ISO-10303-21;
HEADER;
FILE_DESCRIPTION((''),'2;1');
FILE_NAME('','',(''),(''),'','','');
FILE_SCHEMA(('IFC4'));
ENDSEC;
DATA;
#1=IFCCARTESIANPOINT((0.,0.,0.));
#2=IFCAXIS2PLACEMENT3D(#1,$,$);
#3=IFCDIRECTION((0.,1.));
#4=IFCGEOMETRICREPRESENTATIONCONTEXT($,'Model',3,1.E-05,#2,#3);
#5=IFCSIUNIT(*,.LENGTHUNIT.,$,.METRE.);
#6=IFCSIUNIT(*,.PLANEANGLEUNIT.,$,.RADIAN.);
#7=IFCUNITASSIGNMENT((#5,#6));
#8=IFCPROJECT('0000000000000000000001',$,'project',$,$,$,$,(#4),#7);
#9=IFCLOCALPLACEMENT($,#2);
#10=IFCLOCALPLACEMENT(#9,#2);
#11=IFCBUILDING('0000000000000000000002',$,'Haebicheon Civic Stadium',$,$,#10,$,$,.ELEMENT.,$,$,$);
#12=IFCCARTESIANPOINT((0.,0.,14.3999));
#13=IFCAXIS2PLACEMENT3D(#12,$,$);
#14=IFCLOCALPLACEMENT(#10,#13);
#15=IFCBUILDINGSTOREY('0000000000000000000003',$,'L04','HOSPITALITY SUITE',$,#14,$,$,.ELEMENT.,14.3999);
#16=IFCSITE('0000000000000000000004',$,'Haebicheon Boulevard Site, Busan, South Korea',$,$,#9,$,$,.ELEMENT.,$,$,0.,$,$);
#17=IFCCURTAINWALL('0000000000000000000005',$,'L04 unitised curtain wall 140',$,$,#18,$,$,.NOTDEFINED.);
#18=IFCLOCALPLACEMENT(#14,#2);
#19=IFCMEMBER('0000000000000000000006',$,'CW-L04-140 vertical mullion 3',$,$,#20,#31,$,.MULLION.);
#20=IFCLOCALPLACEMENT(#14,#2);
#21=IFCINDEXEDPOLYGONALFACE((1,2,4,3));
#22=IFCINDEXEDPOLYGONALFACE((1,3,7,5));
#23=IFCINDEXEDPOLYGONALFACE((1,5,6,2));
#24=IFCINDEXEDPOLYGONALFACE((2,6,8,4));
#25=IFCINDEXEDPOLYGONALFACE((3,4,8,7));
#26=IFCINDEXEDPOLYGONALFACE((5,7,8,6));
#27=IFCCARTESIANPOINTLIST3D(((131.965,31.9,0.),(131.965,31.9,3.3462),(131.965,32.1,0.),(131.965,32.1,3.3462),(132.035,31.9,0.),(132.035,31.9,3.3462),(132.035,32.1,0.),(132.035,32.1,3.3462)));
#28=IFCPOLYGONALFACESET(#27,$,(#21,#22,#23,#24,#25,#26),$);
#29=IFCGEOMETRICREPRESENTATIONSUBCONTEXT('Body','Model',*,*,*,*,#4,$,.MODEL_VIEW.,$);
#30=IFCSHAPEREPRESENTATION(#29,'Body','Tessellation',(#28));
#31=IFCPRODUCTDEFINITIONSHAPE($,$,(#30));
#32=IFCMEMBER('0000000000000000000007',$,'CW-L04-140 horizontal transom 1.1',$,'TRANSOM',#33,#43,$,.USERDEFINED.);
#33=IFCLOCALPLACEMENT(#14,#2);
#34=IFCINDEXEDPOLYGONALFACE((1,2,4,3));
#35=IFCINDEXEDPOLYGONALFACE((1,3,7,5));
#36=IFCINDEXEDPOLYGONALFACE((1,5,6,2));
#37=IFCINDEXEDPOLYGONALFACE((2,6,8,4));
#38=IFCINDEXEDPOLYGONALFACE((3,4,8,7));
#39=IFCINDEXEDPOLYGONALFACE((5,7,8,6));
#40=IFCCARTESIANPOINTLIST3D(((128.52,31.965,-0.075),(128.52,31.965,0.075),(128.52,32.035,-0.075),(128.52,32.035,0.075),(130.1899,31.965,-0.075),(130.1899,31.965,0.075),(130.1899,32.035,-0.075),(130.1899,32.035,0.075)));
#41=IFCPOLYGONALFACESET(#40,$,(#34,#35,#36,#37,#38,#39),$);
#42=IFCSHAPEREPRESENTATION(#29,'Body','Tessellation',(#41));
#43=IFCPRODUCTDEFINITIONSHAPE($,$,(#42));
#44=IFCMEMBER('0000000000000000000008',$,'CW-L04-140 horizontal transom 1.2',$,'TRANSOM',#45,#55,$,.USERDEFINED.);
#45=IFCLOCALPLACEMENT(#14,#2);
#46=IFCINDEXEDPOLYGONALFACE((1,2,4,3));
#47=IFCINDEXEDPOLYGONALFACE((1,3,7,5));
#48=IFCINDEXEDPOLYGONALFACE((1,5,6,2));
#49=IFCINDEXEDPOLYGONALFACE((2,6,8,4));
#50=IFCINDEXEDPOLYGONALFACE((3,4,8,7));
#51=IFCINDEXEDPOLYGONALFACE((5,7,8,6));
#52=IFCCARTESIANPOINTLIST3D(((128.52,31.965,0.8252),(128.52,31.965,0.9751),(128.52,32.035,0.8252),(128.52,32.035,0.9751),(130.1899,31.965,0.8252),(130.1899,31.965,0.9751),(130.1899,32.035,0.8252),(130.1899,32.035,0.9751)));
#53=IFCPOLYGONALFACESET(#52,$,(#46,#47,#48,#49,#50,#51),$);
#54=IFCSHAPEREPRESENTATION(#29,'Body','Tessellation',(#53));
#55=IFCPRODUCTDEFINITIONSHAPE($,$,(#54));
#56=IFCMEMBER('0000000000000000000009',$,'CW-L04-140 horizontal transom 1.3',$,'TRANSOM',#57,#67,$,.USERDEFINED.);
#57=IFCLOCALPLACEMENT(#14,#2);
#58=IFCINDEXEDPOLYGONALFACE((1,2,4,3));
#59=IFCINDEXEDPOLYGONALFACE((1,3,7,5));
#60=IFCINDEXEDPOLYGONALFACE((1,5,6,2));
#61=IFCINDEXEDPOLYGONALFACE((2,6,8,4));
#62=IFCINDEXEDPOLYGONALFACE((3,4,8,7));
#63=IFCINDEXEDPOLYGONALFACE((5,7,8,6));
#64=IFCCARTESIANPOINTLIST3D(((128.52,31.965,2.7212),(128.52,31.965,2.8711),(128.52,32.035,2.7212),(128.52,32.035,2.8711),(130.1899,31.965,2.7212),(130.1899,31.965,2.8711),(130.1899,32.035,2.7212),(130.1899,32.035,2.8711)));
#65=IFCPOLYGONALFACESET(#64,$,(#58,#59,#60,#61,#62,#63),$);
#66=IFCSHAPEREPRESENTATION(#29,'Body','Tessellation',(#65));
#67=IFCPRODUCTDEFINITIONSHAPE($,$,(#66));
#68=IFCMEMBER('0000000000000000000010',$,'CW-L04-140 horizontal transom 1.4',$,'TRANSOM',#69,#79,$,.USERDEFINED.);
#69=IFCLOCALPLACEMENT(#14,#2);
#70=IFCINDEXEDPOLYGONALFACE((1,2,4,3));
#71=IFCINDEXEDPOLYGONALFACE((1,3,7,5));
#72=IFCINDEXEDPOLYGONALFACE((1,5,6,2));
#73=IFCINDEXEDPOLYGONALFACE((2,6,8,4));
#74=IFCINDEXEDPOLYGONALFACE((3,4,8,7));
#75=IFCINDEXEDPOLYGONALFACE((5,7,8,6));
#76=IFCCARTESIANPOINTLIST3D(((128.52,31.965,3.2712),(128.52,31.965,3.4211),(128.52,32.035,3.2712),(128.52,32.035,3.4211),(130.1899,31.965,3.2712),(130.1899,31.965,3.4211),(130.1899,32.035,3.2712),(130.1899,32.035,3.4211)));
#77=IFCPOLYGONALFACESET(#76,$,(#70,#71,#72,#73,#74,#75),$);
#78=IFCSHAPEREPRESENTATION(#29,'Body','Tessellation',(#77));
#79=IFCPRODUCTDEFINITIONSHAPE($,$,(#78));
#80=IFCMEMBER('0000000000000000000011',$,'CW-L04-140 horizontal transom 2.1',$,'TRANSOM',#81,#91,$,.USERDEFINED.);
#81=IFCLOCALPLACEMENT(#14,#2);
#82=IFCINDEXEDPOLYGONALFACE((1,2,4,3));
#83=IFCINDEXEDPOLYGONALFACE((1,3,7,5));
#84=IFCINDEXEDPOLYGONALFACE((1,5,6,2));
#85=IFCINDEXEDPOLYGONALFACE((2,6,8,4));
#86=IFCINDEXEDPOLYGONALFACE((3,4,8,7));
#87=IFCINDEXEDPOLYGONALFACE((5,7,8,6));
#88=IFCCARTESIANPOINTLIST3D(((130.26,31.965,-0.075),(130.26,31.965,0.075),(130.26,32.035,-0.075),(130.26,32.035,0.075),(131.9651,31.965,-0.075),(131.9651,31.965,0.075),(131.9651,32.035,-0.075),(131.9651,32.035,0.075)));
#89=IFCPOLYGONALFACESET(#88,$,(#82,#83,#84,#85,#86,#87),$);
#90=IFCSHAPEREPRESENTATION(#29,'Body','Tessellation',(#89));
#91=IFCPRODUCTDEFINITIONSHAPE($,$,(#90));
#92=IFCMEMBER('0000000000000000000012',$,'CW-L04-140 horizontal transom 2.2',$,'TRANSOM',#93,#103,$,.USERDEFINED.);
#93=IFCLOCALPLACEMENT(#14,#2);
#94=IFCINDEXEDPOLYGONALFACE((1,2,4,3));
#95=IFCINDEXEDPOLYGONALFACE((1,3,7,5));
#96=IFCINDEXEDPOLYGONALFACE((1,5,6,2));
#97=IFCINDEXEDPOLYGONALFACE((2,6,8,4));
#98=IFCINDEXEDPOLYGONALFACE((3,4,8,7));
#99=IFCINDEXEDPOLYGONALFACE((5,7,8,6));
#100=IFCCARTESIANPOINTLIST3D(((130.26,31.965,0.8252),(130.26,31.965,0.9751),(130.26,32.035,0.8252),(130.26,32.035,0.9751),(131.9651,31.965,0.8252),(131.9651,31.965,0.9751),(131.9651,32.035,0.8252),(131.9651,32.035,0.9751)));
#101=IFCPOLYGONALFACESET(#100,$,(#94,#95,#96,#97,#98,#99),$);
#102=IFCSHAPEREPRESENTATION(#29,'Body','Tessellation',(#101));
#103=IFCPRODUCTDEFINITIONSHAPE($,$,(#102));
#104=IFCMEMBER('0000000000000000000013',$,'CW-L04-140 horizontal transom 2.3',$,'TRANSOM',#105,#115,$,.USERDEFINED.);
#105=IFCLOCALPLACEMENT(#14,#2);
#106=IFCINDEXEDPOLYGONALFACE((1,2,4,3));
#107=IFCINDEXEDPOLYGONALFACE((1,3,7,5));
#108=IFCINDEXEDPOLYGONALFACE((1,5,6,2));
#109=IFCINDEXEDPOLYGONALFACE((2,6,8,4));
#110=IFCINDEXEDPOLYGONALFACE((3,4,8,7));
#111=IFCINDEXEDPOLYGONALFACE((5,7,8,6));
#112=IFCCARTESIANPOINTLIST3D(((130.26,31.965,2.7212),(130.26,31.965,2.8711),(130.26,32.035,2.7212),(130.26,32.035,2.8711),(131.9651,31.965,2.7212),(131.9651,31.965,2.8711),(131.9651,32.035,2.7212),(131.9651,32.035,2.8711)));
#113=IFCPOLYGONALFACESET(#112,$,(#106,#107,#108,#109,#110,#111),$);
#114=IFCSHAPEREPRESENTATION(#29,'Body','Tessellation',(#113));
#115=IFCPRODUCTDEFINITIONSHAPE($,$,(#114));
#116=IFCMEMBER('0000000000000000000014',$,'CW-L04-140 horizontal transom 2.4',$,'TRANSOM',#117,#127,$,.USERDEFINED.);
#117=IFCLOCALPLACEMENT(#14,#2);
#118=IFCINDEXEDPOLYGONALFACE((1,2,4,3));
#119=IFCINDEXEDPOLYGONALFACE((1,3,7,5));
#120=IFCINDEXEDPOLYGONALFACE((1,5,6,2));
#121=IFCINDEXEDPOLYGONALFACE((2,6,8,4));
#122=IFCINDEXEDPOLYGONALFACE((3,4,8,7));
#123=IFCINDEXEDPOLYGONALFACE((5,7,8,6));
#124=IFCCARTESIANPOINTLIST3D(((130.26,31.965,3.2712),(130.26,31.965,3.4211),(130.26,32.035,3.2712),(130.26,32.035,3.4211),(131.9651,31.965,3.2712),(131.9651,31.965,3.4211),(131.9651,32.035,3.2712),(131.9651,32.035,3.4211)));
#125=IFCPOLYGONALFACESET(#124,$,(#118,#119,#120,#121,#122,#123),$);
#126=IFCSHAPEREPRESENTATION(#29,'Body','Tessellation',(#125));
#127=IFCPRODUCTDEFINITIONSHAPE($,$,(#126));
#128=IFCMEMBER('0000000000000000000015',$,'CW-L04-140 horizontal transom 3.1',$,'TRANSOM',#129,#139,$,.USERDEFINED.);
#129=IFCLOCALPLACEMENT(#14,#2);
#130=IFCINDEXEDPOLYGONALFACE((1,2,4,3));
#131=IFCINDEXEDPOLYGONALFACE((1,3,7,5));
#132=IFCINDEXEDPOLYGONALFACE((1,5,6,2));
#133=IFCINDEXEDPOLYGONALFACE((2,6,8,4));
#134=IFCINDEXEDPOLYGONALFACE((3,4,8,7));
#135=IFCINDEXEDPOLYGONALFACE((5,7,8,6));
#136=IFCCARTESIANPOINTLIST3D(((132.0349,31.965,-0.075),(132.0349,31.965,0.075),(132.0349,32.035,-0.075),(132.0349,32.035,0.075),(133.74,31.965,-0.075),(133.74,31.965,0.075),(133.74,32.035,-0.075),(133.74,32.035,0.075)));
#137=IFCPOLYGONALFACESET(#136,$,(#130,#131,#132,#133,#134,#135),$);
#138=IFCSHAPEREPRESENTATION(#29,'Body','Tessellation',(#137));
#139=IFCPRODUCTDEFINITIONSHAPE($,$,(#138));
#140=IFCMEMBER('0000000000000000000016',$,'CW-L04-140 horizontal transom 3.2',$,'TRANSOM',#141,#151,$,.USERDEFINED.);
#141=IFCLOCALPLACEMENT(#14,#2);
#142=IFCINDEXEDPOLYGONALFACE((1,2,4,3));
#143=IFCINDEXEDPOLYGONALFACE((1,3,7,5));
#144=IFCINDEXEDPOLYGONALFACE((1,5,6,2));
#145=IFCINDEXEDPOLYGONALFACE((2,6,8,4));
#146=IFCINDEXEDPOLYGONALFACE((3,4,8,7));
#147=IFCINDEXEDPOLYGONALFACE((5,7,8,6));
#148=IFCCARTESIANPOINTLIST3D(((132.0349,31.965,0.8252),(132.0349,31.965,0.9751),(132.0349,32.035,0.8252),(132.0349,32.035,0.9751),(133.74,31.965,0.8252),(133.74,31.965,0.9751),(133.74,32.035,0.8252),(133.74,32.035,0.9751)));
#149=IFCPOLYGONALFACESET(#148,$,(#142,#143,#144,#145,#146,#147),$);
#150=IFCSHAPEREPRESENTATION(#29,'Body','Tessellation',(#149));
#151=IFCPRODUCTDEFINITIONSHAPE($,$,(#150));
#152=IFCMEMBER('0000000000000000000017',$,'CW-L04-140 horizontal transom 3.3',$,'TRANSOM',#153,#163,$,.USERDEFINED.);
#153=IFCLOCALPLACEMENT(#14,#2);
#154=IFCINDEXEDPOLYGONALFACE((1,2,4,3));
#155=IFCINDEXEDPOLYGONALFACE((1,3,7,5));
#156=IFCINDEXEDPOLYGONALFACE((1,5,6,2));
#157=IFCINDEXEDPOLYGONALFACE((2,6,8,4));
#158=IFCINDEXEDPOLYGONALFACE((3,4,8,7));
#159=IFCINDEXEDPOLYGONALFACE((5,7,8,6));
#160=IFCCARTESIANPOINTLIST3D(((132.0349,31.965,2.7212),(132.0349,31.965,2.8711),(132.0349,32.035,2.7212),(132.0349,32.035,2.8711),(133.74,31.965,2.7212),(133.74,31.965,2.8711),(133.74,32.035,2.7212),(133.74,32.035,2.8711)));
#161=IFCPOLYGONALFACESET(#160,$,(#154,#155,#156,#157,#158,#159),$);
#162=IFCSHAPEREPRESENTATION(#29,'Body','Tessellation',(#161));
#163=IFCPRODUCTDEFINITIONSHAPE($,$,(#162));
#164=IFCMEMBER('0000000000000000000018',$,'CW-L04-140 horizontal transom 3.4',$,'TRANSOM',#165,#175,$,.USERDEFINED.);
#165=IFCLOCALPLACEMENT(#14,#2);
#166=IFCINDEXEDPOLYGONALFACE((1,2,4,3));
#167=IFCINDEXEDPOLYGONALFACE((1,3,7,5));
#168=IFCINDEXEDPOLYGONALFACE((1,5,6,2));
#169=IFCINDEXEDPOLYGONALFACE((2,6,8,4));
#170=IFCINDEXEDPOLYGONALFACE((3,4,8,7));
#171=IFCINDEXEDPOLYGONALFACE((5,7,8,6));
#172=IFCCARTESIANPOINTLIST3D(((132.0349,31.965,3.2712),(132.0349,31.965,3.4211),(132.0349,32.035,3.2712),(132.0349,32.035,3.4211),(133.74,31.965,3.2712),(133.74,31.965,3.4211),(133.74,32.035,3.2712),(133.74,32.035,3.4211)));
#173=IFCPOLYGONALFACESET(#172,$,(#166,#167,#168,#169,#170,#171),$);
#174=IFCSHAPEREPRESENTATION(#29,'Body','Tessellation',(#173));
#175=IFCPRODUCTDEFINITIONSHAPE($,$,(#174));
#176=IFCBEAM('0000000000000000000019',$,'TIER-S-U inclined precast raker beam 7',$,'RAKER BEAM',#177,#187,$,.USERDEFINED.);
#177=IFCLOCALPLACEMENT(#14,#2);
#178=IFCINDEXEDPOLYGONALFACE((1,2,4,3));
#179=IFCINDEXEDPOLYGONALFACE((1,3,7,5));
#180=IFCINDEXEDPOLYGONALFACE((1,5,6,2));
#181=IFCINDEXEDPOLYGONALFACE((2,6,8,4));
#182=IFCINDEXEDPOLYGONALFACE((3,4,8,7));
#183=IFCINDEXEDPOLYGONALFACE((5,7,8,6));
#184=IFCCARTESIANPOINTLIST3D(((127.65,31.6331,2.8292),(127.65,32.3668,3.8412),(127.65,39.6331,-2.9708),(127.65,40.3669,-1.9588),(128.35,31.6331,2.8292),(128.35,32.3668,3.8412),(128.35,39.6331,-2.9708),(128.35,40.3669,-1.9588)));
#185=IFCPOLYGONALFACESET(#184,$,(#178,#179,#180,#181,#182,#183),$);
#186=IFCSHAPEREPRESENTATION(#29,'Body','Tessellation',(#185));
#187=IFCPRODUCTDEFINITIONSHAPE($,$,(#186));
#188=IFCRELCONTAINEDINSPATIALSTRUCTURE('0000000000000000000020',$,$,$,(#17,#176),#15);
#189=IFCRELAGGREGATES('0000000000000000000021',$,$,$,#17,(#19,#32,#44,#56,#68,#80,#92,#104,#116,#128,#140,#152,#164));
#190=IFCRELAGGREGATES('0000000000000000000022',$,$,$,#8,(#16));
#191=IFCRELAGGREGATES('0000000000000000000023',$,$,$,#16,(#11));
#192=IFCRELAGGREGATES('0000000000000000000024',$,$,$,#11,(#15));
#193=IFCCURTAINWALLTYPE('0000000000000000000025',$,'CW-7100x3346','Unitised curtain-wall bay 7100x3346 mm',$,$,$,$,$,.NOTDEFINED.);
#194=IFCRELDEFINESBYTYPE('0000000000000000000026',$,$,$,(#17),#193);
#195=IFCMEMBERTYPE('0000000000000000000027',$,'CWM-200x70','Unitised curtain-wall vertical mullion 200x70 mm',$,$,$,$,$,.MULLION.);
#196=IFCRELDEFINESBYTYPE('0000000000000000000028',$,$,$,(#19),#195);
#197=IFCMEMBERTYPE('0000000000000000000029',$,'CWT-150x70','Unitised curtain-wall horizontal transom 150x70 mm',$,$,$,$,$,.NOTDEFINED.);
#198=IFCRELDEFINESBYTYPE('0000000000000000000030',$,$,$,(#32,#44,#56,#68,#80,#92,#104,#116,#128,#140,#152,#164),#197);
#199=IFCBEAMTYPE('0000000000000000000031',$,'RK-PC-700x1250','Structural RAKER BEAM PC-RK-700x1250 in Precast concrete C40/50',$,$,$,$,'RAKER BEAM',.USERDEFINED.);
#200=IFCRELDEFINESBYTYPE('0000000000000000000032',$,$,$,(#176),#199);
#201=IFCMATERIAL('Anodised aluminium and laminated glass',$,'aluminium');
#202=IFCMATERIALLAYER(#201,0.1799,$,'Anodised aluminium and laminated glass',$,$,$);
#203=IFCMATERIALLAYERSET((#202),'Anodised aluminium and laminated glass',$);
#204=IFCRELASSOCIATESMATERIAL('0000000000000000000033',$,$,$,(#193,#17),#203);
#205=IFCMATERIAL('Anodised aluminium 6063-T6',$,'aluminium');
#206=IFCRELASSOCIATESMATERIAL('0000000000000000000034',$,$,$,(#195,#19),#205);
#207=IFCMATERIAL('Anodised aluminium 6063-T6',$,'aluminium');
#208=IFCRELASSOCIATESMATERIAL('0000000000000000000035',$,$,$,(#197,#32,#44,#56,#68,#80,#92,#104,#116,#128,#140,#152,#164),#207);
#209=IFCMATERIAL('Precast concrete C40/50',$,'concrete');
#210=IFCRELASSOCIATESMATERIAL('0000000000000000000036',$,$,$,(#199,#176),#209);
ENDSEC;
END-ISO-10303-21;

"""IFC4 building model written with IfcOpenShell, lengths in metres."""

from ifc_helpers import new_model, si_unit, direction, frame, origin, origin_2d, place, context, subcontext, project, spatial, rectangle, extrude, material, layer, layer_set, material_profile, profile_set, type_object, element, aggregate, save


model = new_model("IFC4")

# Units and contexts
model_context = context("Model", 3, precision=1e-05, world=origin(), true_north=direction((0.0, 1.0)))
body_context = subcontext(model_context, "Body", "Model", "MODEL_VIEW")
ifc_project = project(units=[si_unit("LENGTHUNIT", "METRE"), si_unit("PLANEANGLEUNIT", "RADIAN")], contexts=[model_context])

# Site, building, storey
site_placement = place(None, origin())
site = spatial("IfcSite", under=ifc_project, at=site_placement, Name="Haebicheon Boulevard Site, Busan, South Korea", CompositionType="ELEMENT", RefElevation=0.0)
building_placement = place(site_placement, origin())
building = spatial("IfcBuilding", under=site, at=building_placement, Name="Haebicheon Civic Stadium", CompositionType="ELEMENT")
storey_placement = place(building_placement, frame((0.0, 0.0, 14.3999)))
storey = spatial("IfcBuildingStorey", under=building, at=storey_placement, Name="L04", Description="HOSPITALITY SUITE", CompositionType="ELEMENT", Elevation=14.3999)

# Curtain wall, members
ifc_material_1 = material(Name="Anodised aluminium and laminated glass", Category="aluminium")
ifc_layer_1 = layer(ifc_material_1, 0.1799, Name="Anodised aluminium and laminated glass")
ifc_layer_set_1 = layer_set([ifc_layer_1], Name="Anodised aluminium and laminated glass")
curtain_wall_type = type_object("IfcCurtainWallType", Name="CW-7100x3346", Description="Unitised curtain-wall bay 7100x3346 mm", PredefinedType="NOTDEFINED", material=ifc_layer_set_1)
curtain_wall_placement = place(storey_placement, origin())
curtain_wall = element("IfcCurtainWall", 1, at=curtain_wall_placement, inside=storey, type_object=curtain_wall_type, material=ifc_layer_set_1, Name="L04 unitised curtain wall 140", PredefinedType="NOTDEFINED")
ifc_material_2 = material(Name="Anodised aluminium 6063-T6", Category="aluminium")
ifc_material_profile_1 = material_profile(ifc_material_2, rectangle(XDim=0.0701, YDim=0.2, at=origin_2d()), Name="ALU-MULL-70x200")
ifc_profile_set_1 = profile_set([ifc_material_profile_1], Name="Anodised aluminium 6063-T6")
member_type_1 = type_object("IfcMemberType", Name="CWM-200x70", Description="Unitised curtain-wall vertical mullion 200x70 mm", PredefinedType="MULLION", material=ifc_profile_set_1)
member_1_placement = place(storey_placement, frame((132.0, 32.0, 0.0), z_axis=(0.0, 0.0, 1.0), x_axis=(1.0, 0.0, 0.0)))
member_1 = element("IfcMember", 2, at=member_1_placement, type_object=member_type_1, material=ifc_profile_set_1, Name="CW-L04-140 vertical mullion 3", PredefinedType="MULLION", context=body_context, shape_type="SweptSolid", body=[
    extrude(rectangle(XDim=0.0701, YDim=0.2, at=origin_2d()), origin(), (0.0, 0.0, 1.0), 3.3462),
])
ifc_material_3 = material(Name="Anodised aluminium 6063-T6", Category="aluminium")
ifc_material_profile_2 = material_profile(ifc_material_3, rectangle(XDim=0.0701, YDim=0.1499, at=origin_2d()), Name="ALU-TRAN-70x150")
ifc_profile_set_2 = profile_set([ifc_material_profile_2], Name="Anodised aluminium 6063-T6")
member_type_2 = type_object("IfcMemberType", Name="CWT-150x70", Description="Unitised curtain-wall horizontal transom 150x70 mm", PredefinedType="NOTDEFINED", material=ifc_profile_set_2)
member_2_placement = place(storey_placement, frame((128.52, 32.0, 0.0), z_axis=(1.0, 0.0, 0.0), x_axis=(0.0, 1.0, 0.0)))
member_2 = element("IfcMember", 3, at=member_2_placement, type_object=member_type_2, material=ifc_profile_set_2, Name="CW-L04-140 horizontal transom 1.1", ObjectType="TRANSOM", PredefinedType="USERDEFINED", context=body_context, shape_type="SweptSolid", body=[
    extrude(rectangle(XDim=0.0701, YDim=0.1499, at=origin_2d()), origin(), (0.0, 0.0, 1.0), 1.6699),
])
member_3_placement = place(storey_placement, frame((128.52, 32.0, 0.9001), z_axis=(1.0, 0.0, 0.0), x_axis=(0.0, 1.0, 0.0)))
member_3 = element("IfcMember", 4, at=member_3_placement, type_object=member_type_2, material=ifc_profile_set_2, Name="CW-L04-140 horizontal transom 1.2", ObjectType="TRANSOM", PredefinedType="USERDEFINED", context=body_context, shape_type="SweptSolid", body=[
    extrude(rectangle(XDim=0.0701, YDim=0.1499, at=origin_2d()), origin(), (0.0, 0.0, 1.0), 1.6699),
])
member_4_placement = place(storey_placement, frame((128.52, 32.0, 2.7961), z_axis=(1.0, 0.0, 0.0), x_axis=(0.0, 1.0, 0.0)))
member_4 = element("IfcMember", 5, at=member_4_placement, type_object=member_type_2, material=ifc_profile_set_2, Name="CW-L04-140 horizontal transom 1.3", ObjectType="TRANSOM", PredefinedType="USERDEFINED", context=body_context, shape_type="SweptSolid", body=[
    extrude(rectangle(XDim=0.0701, YDim=0.1499, at=origin_2d()), origin(), (0.0, 0.0, 1.0), 1.6699),
])
member_5_placement = place(storey_placement, frame((128.52, 32.0, 3.3462), z_axis=(1.0, 0.0, 0.0), x_axis=(0.0, 1.0, 0.0)))
member_5 = element("IfcMember", 6, at=member_5_placement, type_object=member_type_2, material=ifc_profile_set_2, Name="CW-L04-140 horizontal transom 1.4", ObjectType="TRANSOM", PredefinedType="USERDEFINED", context=body_context, shape_type="SweptSolid", body=[
    extrude(rectangle(XDim=0.0701, YDim=0.1499, at=origin_2d()), origin(), (0.0, 0.0, 1.0), 1.6699),
])
member_6_placement = place(storey_placement, frame((130.26, 32.0, 0.0), z_axis=(1.0, 0.0, 0.0), x_axis=(0.0, 1.0, 0.0)))
member_6 = element("IfcMember", 7, at=member_6_placement, type_object=member_type_2, material=ifc_profile_set_2, Name="CW-L04-140 horizontal transom 2.1", ObjectType="TRANSOM", PredefinedType="USERDEFINED", context=body_context, shape_type="SweptSolid", body=[
    extrude(rectangle(XDim=0.0701, YDim=0.1499, at=origin_2d()), origin(), (0.0, 0.0, 1.0), 1.7051),
])
member_7_placement = place(storey_placement, frame((130.26, 32.0, 0.9001), z_axis=(1.0, 0.0, 0.0), x_axis=(0.0, 1.0, 0.0)))
member_7 = element("IfcMember", 8, at=member_7_placement, type_object=member_type_2, material=ifc_profile_set_2, Name="CW-L04-140 horizontal transom 2.2", ObjectType="TRANSOM", PredefinedType="USERDEFINED", context=body_context, shape_type="SweptSolid", body=[
    extrude(rectangle(XDim=0.0701, YDim=0.1499, at=origin_2d()), origin(), (0.0, 0.0, 1.0), 1.7051),
])
member_8_placement = place(storey_placement, frame((130.26, 32.0, 2.7961), z_axis=(1.0, 0.0, 0.0), x_axis=(0.0, 1.0, 0.0)))
member_8 = element("IfcMember", 9, at=member_8_placement, type_object=member_type_2, material=ifc_profile_set_2, Name="CW-L04-140 horizontal transom 2.3", ObjectType="TRANSOM", PredefinedType="USERDEFINED", context=body_context, shape_type="SweptSolid", body=[
    extrude(rectangle(XDim=0.0701, YDim=0.1499, at=origin_2d()), origin(), (0.0, 0.0, 1.0), 1.7051),
])
member_9_placement = place(storey_placement, frame((130.26, 32.0, 3.3462), z_axis=(1.0, 0.0, 0.0), x_axis=(0.0, 1.0, 0.0)))
member_9 = element("IfcMember", 10, at=member_9_placement, type_object=member_type_2, material=ifc_profile_set_2, Name="CW-L04-140 horizontal transom 2.4", ObjectType="TRANSOM", PredefinedType="USERDEFINED", context=body_context, shape_type="SweptSolid", body=[
    extrude(rectangle(XDim=0.0701, YDim=0.1499, at=origin_2d()), origin(), (0.0, 0.0, 1.0), 1.7051),
])
member_10_placement = place(storey_placement, frame((132.0349, 32.0, 0.0), z_axis=(1.0, 0.0, 0.0), x_axis=(0.0, 1.0, 0.0)))
member_10 = element("IfcMember", 11, at=member_10_placement, type_object=member_type_2, material=ifc_profile_set_2, Name="CW-L04-140 horizontal transom 3.1", ObjectType="TRANSOM", PredefinedType="USERDEFINED", context=body_context, shape_type="SweptSolid", body=[
    extrude(rectangle(XDim=0.0701, YDim=0.1499, at=origin_2d()), origin(), (0.0, 0.0, 1.0), 1.7051),
])
member_11_placement = place(storey_placement, frame((132.0349, 32.0, 0.9001), z_axis=(1.0, 0.0, 0.0), x_axis=(0.0, 1.0, 0.0)))
member_11 = element("IfcMember", 12, at=member_11_placement, type_object=member_type_2, material=ifc_profile_set_2, Name="CW-L04-140 horizontal transom 3.2", ObjectType="TRANSOM", PredefinedType="USERDEFINED", context=body_context, shape_type="SweptSolid", body=[
    extrude(rectangle(XDim=0.0701, YDim=0.1499, at=origin_2d()), origin(), (0.0, 0.0, 1.0), 1.7051),
])
member_12_placement = place(storey_placement, frame((132.0349, 32.0, 2.7961), z_axis=(1.0, 0.0, 0.0), x_axis=(0.0, 1.0, 0.0)))
member_12 = element("IfcMember", 13, at=member_12_placement, type_object=member_type_2, material=ifc_profile_set_2, Name="CW-L04-140 horizontal transom 3.3", ObjectType="TRANSOM", PredefinedType="USERDEFINED", context=body_context, shape_type="SweptSolid", body=[
    extrude(rectangle(XDim=0.0701, YDim=0.1499, at=origin_2d()), origin(), (0.0, 0.0, 1.0), 1.7051),
])
member_13_placement = place(storey_placement, frame((132.0349, 32.0, 3.3462), z_axis=(1.0, 0.0, 0.0), x_axis=(0.0, 1.0, 0.0)))
member_13 = element("IfcMember", 14, at=member_13_placement, type_object=member_type_2, material=ifc_profile_set_2, Name="CW-L04-140 horizontal transom 3.4", ObjectType="TRANSOM", PredefinedType="USERDEFINED", context=body_context, shape_type="SweptSolid", body=[
    extrude(rectangle(XDim=0.0701, YDim=0.1499, at=origin_2d()), origin(), (0.0, 0.0, 1.0), 1.7051),
])

# Beam
ifc_material_4 = material(Name="Precast concrete C40/50", Category="concrete")
ifc_material_profile_3 = material_profile(ifc_material_4, rectangle(XDim=0.7, YDim=1.25, at=origin_2d()), Name="PC-RK-700x1250")
ifc_profile_set_3 = profile_set([ifc_material_profile_3], Name="Precast concrete C40/50")
beam_type_1 = type_object("IfcBeamType", Name="RK-PC-700x1250", Description="Structural RAKER BEAM PC-RK-700x1250 in Precast concrete C40/50", ElementType="RAKER BEAM", PredefinedType="USERDEFINED", material=ifc_profile_set_3)
beam_1_placement = place(storey_placement, frame((128.0, 40.0, -2.4648), z_axis=(0.0, -0.809608, 0.586971), x_axis=(1.0, 0.0, 0.0)))
element("IfcBeam", 15, at=beam_1_placement, inside=storey, type_object=beam_type_1, material=ifc_profile_set_3, Name="TIER-S-U inclined precast raker beam 7", ObjectType="RAKER BEAM", PredefinedType="USERDEFINED", context=body_context, shape_type="SweptSolid", body=[
    extrude(rectangle(XDim=0.7, YDim=1.25, at=origin_2d()), origin(), (0.0, 0.0, 1.0), 9.8813),
])

aggregate(curtain_wall, [member_1, member_2, member_3, member_4, member_5, member_6, member_7, member_8, member_9, member_10, member_11, member_12, member_13])

save(model, "model.ifc")
